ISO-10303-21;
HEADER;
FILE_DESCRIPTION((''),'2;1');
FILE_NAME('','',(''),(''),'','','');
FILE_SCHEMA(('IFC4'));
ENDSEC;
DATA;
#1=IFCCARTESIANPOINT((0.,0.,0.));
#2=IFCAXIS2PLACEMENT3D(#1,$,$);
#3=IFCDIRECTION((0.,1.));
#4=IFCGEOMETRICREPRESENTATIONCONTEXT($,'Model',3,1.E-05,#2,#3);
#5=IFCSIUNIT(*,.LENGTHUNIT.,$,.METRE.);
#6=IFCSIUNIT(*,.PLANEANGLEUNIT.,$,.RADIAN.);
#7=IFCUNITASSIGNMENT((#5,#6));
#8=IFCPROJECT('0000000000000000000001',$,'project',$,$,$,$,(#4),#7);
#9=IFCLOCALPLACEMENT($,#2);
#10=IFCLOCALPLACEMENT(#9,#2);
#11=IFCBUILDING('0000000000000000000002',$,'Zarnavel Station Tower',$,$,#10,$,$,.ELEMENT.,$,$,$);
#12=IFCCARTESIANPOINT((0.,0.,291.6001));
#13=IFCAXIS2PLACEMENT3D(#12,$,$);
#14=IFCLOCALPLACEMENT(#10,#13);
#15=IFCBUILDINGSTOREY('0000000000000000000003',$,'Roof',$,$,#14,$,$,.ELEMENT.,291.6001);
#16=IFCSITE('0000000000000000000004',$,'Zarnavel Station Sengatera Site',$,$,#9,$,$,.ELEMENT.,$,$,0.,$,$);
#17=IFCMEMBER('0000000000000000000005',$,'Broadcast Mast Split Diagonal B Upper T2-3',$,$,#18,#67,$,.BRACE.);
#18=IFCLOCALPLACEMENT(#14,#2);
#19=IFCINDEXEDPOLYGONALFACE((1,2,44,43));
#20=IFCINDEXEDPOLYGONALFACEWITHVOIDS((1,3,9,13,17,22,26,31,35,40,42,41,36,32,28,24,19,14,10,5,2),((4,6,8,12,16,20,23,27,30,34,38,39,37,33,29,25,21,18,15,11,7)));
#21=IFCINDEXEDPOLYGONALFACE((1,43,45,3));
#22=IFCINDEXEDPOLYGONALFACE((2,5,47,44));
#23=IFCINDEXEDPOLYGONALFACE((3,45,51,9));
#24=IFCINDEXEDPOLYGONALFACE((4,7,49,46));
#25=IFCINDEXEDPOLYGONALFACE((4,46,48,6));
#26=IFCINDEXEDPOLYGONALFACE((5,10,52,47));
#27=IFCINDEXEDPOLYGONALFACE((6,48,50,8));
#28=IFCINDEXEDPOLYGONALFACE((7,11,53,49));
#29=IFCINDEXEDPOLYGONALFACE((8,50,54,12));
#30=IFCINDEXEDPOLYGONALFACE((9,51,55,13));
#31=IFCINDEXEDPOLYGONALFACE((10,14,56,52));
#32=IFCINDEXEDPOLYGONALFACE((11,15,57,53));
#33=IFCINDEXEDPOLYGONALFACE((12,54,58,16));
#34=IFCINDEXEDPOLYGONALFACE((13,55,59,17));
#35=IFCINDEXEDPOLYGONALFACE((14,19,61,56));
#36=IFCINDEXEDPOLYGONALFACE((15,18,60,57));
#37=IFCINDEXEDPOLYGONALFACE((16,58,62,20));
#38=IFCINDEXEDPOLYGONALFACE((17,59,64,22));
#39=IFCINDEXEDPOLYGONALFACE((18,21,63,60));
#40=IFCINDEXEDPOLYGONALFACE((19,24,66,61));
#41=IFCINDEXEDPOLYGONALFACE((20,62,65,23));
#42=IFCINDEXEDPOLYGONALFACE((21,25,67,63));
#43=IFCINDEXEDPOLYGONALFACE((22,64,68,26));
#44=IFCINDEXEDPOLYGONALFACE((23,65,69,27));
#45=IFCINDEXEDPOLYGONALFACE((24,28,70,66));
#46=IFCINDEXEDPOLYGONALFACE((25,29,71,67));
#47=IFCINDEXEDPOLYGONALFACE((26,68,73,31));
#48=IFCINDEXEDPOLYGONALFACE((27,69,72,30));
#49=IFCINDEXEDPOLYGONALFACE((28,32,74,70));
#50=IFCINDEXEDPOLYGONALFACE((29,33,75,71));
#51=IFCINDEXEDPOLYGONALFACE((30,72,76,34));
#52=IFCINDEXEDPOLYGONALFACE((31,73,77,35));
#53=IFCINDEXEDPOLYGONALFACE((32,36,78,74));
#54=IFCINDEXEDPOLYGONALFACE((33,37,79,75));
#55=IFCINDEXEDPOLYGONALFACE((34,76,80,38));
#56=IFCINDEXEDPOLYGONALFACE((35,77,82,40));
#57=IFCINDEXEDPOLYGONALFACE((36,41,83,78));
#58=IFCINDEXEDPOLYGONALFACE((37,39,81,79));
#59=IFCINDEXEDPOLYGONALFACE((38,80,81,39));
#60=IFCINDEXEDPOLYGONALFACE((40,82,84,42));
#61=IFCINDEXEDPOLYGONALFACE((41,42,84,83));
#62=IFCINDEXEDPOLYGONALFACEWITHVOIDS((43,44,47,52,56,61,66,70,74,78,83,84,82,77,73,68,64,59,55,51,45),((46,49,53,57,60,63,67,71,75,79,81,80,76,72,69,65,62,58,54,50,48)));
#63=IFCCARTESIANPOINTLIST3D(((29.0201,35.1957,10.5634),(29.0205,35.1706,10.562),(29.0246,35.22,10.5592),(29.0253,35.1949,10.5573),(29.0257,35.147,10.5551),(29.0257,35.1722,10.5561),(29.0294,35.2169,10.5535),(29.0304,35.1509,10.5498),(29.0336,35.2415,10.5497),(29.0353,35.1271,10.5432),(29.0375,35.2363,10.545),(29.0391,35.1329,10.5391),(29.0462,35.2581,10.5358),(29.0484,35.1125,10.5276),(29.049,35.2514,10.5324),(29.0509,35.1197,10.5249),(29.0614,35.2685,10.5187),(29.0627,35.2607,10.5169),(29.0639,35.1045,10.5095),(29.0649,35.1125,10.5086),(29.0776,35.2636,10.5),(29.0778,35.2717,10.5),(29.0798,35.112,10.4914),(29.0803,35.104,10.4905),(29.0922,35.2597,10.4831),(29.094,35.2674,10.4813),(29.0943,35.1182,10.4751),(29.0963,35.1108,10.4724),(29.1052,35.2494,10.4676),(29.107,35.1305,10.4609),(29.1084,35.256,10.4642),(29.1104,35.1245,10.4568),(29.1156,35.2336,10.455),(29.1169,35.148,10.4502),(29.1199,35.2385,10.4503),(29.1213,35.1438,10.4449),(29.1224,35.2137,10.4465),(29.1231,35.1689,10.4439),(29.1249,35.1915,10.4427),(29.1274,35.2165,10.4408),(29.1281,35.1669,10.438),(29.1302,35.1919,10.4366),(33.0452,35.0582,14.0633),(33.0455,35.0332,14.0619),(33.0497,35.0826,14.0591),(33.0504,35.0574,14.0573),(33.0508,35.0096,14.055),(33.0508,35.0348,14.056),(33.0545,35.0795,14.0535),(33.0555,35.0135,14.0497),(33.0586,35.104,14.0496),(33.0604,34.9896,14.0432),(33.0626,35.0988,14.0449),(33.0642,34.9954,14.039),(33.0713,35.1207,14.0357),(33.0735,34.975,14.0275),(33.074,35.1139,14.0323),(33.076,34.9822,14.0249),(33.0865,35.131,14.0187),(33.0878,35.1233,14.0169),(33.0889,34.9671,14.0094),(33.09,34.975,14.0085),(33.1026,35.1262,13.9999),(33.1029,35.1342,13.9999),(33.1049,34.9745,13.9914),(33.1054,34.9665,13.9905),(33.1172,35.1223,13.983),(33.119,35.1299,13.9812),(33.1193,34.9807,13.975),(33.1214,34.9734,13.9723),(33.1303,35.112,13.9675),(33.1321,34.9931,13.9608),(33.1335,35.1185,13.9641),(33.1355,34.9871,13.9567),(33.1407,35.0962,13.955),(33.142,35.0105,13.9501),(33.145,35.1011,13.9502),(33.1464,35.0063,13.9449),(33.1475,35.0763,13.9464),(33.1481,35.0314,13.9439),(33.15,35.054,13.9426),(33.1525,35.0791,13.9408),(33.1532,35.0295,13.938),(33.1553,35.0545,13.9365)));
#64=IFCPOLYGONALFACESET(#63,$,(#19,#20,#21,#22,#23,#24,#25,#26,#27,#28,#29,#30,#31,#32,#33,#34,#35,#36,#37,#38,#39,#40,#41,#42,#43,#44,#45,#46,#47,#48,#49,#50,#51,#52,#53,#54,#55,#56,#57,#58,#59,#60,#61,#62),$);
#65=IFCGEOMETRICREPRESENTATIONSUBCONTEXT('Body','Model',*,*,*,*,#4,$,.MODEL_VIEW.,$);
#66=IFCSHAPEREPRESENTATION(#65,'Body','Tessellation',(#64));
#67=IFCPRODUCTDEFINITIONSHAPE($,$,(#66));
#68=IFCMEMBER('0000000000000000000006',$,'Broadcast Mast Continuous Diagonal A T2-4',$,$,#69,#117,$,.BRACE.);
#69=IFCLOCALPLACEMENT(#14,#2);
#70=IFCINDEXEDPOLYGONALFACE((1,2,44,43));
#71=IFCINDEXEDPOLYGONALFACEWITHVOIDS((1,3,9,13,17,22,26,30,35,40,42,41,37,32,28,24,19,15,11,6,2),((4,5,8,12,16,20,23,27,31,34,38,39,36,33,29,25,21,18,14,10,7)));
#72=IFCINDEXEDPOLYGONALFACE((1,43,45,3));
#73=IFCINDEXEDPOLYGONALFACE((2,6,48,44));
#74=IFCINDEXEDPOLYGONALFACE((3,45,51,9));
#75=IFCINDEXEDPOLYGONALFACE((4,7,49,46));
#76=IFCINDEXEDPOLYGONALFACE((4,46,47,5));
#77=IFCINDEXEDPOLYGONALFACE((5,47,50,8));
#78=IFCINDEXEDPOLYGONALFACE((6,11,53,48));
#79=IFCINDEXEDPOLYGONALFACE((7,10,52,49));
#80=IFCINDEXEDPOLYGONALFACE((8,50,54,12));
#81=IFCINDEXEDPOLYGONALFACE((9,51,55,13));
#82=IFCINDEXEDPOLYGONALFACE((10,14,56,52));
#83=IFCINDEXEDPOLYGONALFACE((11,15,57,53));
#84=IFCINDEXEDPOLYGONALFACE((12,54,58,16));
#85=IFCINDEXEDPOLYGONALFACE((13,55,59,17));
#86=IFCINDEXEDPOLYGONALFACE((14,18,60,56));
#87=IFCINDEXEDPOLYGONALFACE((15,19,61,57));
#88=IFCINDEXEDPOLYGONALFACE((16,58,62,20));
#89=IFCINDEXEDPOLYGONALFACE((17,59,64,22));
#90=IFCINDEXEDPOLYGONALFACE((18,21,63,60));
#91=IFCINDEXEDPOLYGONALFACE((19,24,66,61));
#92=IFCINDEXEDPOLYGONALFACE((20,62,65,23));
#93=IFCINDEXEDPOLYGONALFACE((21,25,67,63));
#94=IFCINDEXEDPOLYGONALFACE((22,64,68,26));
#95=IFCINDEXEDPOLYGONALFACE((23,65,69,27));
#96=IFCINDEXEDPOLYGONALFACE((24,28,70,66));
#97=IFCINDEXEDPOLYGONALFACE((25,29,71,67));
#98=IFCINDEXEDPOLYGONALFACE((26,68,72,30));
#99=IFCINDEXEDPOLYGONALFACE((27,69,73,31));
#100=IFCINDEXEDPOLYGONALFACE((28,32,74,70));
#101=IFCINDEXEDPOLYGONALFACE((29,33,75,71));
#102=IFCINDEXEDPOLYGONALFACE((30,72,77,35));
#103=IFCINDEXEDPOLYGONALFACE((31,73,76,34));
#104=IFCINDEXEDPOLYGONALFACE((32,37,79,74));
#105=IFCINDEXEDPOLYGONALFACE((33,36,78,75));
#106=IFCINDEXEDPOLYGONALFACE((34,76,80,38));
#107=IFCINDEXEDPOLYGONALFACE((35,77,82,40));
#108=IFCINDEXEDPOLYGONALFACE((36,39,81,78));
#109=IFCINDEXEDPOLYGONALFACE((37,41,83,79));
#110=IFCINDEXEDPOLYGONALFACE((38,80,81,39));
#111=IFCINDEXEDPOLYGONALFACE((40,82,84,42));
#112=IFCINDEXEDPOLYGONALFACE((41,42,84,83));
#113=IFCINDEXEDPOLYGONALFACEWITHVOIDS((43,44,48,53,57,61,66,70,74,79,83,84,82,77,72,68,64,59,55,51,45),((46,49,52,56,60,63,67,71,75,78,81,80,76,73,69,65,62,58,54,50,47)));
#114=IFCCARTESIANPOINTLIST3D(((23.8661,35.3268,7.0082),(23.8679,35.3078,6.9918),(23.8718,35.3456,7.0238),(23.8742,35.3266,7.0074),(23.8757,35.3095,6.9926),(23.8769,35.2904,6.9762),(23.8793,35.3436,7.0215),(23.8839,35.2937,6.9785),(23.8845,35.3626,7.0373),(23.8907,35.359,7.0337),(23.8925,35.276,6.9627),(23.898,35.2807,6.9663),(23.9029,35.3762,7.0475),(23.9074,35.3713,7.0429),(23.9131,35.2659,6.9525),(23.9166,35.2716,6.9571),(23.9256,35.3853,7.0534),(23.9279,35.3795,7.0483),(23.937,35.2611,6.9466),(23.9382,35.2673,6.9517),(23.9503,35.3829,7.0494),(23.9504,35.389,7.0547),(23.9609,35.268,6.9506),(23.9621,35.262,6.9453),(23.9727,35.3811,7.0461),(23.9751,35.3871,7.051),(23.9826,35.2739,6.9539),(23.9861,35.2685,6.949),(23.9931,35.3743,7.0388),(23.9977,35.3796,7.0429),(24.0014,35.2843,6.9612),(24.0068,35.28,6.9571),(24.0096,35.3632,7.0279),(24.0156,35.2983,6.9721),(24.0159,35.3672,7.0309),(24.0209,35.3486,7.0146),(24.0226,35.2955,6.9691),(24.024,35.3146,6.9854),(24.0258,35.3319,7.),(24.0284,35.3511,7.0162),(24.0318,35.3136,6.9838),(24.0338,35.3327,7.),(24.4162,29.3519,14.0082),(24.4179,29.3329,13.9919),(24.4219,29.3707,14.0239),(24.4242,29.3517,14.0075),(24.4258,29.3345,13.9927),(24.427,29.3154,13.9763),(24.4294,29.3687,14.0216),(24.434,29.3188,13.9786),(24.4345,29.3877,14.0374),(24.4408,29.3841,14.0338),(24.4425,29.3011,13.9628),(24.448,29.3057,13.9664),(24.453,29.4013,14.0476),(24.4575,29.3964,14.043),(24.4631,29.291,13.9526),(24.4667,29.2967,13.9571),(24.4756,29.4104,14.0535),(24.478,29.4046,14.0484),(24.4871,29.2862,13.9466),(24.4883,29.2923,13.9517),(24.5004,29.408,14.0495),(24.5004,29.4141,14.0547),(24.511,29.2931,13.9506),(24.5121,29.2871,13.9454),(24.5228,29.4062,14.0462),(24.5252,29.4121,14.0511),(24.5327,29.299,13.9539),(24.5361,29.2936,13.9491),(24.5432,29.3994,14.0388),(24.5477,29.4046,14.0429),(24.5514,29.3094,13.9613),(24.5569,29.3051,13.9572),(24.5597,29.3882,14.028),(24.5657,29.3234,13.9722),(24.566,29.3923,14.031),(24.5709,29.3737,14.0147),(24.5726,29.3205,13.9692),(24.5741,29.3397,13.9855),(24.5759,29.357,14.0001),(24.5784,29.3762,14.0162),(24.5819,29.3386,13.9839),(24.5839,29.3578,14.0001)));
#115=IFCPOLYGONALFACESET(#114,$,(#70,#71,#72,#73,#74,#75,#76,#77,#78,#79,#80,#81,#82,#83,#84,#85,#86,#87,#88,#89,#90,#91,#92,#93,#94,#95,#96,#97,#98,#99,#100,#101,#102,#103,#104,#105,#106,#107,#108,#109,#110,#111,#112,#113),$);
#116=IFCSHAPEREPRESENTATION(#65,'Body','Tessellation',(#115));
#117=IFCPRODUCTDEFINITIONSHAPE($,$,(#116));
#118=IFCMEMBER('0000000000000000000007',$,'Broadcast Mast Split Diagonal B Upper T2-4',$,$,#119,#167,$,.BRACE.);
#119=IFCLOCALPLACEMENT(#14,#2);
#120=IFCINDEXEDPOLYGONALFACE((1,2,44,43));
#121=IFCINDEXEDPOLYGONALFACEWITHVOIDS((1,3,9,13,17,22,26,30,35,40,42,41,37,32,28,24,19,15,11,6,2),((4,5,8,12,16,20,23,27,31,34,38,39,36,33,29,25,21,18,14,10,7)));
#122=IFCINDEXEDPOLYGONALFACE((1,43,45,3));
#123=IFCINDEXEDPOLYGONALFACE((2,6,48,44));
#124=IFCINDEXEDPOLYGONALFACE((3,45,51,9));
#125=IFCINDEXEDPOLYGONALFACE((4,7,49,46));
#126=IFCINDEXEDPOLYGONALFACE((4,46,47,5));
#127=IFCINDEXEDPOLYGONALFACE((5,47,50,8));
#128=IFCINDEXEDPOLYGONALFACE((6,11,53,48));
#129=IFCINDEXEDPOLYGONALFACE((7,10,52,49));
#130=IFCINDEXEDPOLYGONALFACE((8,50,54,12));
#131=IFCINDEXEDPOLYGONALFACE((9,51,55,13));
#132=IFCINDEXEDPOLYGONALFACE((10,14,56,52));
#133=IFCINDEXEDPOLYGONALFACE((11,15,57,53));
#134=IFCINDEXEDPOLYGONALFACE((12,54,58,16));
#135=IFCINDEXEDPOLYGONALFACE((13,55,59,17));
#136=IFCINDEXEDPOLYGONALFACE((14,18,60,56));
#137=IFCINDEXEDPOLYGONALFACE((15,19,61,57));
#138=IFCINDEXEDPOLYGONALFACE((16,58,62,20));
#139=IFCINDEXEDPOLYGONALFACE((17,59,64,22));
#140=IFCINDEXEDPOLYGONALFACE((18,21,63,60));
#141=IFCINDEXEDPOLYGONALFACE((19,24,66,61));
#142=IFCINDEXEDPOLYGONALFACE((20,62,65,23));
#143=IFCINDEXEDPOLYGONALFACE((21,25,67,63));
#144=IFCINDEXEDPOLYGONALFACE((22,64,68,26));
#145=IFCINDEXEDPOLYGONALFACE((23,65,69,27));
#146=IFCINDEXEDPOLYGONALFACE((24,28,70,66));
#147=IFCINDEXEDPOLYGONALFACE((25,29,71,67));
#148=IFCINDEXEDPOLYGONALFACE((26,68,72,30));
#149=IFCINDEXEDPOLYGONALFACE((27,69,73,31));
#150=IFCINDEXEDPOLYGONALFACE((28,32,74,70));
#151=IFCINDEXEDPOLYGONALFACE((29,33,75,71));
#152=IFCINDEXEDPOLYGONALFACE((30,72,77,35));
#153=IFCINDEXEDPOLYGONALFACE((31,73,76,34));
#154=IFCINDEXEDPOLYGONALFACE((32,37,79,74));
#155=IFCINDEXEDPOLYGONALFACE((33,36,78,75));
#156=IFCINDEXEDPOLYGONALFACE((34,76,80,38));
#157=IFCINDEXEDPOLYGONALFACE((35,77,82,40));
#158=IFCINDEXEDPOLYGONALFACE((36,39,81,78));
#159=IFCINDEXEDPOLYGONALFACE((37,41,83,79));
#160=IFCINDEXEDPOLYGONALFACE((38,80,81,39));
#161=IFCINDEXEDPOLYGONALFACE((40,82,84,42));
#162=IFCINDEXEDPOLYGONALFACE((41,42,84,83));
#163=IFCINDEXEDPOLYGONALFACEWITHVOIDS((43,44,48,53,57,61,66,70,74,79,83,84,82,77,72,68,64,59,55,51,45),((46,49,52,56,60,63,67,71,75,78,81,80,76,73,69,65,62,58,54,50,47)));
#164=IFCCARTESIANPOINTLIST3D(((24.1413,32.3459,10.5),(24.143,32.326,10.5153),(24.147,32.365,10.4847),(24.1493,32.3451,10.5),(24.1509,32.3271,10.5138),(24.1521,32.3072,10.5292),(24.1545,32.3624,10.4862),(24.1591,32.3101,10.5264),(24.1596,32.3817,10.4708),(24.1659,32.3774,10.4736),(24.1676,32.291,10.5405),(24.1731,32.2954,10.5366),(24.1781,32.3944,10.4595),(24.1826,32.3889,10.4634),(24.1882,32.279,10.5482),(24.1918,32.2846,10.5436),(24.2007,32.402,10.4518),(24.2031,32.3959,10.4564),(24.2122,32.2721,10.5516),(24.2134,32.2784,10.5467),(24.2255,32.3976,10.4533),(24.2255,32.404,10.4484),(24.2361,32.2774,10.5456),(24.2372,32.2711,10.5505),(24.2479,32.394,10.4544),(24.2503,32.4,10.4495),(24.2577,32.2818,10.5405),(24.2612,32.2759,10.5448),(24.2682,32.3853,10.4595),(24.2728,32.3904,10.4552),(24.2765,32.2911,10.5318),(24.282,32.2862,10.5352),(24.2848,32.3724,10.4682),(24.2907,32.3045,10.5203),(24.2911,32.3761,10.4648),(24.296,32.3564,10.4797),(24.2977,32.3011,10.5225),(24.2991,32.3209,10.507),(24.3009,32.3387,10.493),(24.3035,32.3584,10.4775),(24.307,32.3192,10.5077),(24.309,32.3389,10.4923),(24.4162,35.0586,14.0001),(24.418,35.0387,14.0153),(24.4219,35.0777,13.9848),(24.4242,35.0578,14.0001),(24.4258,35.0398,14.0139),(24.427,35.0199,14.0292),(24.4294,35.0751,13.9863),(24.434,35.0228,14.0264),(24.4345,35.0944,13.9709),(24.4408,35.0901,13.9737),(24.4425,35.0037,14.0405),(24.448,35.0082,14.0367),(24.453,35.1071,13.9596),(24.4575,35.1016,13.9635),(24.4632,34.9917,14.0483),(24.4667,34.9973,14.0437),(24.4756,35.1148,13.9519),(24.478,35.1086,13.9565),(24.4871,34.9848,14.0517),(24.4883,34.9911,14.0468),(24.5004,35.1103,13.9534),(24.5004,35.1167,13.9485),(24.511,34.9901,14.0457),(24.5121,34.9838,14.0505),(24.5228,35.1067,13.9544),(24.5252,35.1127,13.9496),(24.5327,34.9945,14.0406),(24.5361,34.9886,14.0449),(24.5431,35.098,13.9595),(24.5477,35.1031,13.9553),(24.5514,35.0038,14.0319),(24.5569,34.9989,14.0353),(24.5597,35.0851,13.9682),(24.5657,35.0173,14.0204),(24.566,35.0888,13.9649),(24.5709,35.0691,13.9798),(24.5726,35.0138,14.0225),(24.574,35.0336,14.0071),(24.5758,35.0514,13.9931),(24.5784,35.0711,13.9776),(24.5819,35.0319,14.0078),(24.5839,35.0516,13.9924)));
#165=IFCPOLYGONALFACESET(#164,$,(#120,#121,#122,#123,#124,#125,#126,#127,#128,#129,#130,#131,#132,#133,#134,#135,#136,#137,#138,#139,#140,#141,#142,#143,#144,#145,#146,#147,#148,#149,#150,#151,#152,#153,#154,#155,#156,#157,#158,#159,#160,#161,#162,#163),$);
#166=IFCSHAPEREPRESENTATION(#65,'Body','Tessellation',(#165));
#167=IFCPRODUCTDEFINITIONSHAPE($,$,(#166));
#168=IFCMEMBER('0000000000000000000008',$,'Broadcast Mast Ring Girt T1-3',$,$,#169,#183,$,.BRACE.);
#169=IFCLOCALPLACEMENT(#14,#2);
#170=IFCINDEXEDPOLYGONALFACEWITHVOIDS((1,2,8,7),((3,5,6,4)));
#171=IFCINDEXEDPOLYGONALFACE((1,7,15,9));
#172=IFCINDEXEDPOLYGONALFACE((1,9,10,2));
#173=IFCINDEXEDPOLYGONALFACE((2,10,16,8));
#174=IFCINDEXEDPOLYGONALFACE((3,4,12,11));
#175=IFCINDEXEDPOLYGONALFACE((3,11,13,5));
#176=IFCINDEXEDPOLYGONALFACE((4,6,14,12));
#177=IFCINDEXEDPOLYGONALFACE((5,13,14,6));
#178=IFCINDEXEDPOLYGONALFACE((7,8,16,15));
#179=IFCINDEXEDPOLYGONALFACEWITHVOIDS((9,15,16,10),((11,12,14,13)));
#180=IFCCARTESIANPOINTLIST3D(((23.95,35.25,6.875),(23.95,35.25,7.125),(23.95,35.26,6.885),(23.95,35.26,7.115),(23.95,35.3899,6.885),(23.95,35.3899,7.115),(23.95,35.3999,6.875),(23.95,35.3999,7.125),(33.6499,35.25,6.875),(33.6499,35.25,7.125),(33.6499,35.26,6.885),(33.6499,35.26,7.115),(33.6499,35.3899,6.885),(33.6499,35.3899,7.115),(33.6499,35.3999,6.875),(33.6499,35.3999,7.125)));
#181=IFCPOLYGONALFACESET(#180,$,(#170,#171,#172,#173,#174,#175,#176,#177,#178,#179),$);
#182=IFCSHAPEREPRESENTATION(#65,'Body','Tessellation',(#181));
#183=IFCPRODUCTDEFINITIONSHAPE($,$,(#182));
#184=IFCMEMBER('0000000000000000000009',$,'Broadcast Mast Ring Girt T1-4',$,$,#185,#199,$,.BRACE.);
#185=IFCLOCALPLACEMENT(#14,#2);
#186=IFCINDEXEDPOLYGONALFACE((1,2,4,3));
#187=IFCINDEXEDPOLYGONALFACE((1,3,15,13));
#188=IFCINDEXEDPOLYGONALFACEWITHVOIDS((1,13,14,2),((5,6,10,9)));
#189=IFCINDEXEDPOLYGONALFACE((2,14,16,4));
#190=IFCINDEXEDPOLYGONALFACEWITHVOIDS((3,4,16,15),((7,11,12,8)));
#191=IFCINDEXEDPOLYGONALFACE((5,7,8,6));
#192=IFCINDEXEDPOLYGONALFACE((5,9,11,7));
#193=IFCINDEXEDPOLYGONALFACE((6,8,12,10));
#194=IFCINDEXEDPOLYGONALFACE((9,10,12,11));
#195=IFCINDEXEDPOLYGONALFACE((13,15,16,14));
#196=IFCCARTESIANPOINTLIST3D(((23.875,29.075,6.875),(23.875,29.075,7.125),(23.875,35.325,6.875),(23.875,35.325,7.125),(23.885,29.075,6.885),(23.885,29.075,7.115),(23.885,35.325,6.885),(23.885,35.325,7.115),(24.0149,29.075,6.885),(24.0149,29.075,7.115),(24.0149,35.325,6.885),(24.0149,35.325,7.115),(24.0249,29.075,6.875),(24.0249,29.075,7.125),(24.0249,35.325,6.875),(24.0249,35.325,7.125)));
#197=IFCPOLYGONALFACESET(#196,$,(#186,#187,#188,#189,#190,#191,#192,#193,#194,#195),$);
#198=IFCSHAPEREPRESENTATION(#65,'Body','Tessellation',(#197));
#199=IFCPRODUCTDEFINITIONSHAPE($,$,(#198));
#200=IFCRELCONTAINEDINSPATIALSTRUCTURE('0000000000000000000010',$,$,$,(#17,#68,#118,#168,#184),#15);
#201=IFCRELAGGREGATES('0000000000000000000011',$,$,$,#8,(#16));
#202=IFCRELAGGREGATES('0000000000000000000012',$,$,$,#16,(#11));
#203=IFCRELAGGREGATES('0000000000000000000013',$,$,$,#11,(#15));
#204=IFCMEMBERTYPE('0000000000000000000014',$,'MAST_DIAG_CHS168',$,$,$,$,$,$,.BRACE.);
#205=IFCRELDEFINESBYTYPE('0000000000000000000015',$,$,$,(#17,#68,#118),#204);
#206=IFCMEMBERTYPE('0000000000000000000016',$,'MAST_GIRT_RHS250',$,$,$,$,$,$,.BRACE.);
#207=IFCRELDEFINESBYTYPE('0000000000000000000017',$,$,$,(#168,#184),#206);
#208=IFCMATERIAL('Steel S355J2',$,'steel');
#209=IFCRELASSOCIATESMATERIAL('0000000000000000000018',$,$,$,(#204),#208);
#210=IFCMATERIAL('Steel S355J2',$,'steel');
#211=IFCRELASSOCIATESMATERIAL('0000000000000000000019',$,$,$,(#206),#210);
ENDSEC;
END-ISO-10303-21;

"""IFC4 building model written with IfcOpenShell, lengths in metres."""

from ifc_helpers import new_model, si_unit, direction, frame, origin, origin_2d, place, context, subcontext, project, spatial, hollow_rectangle, hollow_circle, extrude, material, material_profile, profile_set, type_object, element, save


model = new_model("IFC4")

# Units and contexts
model_context = context("Model", 3, precision=1e-05, world=origin(), true_north=direction((0.0, 1.0)))
body_context = subcontext(model_context, "Body", "Model", "MODEL_VIEW")
ifc_project = project(units=[si_unit("LENGTHUNIT", "METRE"), si_unit("PLANEANGLEUNIT", "RADIAN")], contexts=[model_context])

# Site, building, storey
site_placement = place(None, origin())
site = spatial("IfcSite", under=ifc_project, at=site_placement, Name="Zarnavel Station Sengatera Site", CompositionType="ELEMENT", RefElevation=0.0)
building_placement = place(site_placement, origin())
building = spatial("IfcBuilding", under=site, at=building_placement, Name="Zarnavel Station Tower", CompositionType="ELEMENT")
storey_placement = place(building_placement, frame((0.0, 0.0, 291.6001)))
storey = spatial("IfcBuildingStorey", under=building, at=storey_placement, Name="Roof", CompositionType="ELEMENT", Elevation=291.6001)

# Members
ifc_material_1 = material(Name="Steel S355J2", Category="steel")
ifc_material_profile_1 = material_profile(ifc_material_1, hollow_circle(Radius=0.0842, WallThickness=0.0081, at=origin_2d()), Name="CHS168.3x8")
ifc_profile_set_1 = profile_set([ifc_material_profile_1], Name="Steel S355J2")
member_type_1 = type_object("IfcMemberType", Name="MAST_DIAG_CHS168", PredefinedType="BRACE", material=ifc_profile_set_1)
member_1_placement = place(storey_placement, frame((29.075, 35.1875, 10.5), z_axis=(0.754367, -0.02576, 0.655947), x_axis=(0.034128, 0.999417, 0.0)))
element("IfcMember", 1, at=member_1_placement, inside=storey, type_object=member_type_1, Name="Broadcast Mast Split Diagonal B Upper T2-3", PredefinedType="BRACE", context=body_context, shape_type="SweptSolid", body=[
    extrude(hollow_circle(Radius=0.0842, WallThickness=0.0081, at=origin_2d()), origin(), (0.0, 0.0, 1.0), 5.3357),
])
member_2_placement = place(storey_placement, frame((23.95, 35.325, 7.0), z_axis=(0.059661, -0.648058, 0.75925), x_axis=(0.995789, 0.091673, 0.0)))
element("IfcMember", 2, at=member_2_placement, inside=storey, type_object=member_type_1, Name="Broadcast Mast Continuous Diagonal A T2-4", PredefinedType="BRACE", context=body_context, shape_type="SweptSolid", body=[
    extrude(hollow_circle(Radius=0.0842, WallThickness=0.0081, at=origin_2d()), origin(), (0.0, 0.0, 1.0), 9.2197),
])
member_3_placement = place(storey_placement, frame((24.2251, 32.3374, 10.5), z_axis=(0.061961, 0.611415, 0.78888), x_axis=(-0.994904, 0.100825, 0.0)))
element("IfcMember", 3, at=member_3_placement, inside=storey, type_object=member_type_1, Name="Broadcast Mast Split Diagonal B Upper T2-4", PredefinedType="BRACE", context=body_context, shape_type="SweptSolid", body=[
    extrude(hollow_circle(Radius=0.0842, WallThickness=0.0081, at=origin_2d()), origin(), (0.0, 0.0, 1.0), 4.4368),
])
ifc_material_2 = material(Name="Steel S355J2", Category="steel")
ifc_material_profile_2 = material_profile(ifc_material_2, hollow_rectangle(XDim=0.1499, YDim=0.25, WallThickness=0.01, at=origin_2d()), Name="RHS250x150x10")
ifc_profile_set_2 = profile_set([ifc_material_profile_2], Name="Steel S355J2")
member_type_2 = type_object("IfcMemberType", Name="MAST_GIRT_RHS250", PredefinedType="BRACE", material=ifc_profile_set_2)
member_4_placement = place(storey_placement, frame((33.6499, 35.325, 7.0), z_axis=(-1.0, 0.0, 0.0), x_axis=(0.0, -1.0, 0.0)))
element("IfcMember", 4, at=member_4_placement, inside=storey, type_object=member_type_2, Name="Broadcast Mast Ring Girt T1-3", PredefinedType="BRACE", context=body_context, shape_type="SweptSolid", body=[
    extrude(hollow_rectangle(XDim=0.1499, YDim=0.25, WallThickness=0.01, at=origin_2d()), origin(), (0.0, 0.0, 1.0), 9.7),
])
member_5_placement = place(storey_placement, frame((23.95, 35.325, 7.0), z_axis=(0.0, -1.0, 0.0), x_axis=(1.0, 0.0, 0.0)))
element("IfcMember", 5, at=member_5_placement, inside=storey, type_object=member_type_2, Name="Broadcast Mast Ring Girt T1-4", PredefinedType="BRACE", context=body_context, shape_type="SweptSolid", body=[
    extrude(hollow_rectangle(XDim=0.1499, YDim=0.25, WallThickness=0.01, at=origin_2d()), origin(), (0.0, 0.0, 1.0), 6.25),
])

save(model, "model.ifc")
